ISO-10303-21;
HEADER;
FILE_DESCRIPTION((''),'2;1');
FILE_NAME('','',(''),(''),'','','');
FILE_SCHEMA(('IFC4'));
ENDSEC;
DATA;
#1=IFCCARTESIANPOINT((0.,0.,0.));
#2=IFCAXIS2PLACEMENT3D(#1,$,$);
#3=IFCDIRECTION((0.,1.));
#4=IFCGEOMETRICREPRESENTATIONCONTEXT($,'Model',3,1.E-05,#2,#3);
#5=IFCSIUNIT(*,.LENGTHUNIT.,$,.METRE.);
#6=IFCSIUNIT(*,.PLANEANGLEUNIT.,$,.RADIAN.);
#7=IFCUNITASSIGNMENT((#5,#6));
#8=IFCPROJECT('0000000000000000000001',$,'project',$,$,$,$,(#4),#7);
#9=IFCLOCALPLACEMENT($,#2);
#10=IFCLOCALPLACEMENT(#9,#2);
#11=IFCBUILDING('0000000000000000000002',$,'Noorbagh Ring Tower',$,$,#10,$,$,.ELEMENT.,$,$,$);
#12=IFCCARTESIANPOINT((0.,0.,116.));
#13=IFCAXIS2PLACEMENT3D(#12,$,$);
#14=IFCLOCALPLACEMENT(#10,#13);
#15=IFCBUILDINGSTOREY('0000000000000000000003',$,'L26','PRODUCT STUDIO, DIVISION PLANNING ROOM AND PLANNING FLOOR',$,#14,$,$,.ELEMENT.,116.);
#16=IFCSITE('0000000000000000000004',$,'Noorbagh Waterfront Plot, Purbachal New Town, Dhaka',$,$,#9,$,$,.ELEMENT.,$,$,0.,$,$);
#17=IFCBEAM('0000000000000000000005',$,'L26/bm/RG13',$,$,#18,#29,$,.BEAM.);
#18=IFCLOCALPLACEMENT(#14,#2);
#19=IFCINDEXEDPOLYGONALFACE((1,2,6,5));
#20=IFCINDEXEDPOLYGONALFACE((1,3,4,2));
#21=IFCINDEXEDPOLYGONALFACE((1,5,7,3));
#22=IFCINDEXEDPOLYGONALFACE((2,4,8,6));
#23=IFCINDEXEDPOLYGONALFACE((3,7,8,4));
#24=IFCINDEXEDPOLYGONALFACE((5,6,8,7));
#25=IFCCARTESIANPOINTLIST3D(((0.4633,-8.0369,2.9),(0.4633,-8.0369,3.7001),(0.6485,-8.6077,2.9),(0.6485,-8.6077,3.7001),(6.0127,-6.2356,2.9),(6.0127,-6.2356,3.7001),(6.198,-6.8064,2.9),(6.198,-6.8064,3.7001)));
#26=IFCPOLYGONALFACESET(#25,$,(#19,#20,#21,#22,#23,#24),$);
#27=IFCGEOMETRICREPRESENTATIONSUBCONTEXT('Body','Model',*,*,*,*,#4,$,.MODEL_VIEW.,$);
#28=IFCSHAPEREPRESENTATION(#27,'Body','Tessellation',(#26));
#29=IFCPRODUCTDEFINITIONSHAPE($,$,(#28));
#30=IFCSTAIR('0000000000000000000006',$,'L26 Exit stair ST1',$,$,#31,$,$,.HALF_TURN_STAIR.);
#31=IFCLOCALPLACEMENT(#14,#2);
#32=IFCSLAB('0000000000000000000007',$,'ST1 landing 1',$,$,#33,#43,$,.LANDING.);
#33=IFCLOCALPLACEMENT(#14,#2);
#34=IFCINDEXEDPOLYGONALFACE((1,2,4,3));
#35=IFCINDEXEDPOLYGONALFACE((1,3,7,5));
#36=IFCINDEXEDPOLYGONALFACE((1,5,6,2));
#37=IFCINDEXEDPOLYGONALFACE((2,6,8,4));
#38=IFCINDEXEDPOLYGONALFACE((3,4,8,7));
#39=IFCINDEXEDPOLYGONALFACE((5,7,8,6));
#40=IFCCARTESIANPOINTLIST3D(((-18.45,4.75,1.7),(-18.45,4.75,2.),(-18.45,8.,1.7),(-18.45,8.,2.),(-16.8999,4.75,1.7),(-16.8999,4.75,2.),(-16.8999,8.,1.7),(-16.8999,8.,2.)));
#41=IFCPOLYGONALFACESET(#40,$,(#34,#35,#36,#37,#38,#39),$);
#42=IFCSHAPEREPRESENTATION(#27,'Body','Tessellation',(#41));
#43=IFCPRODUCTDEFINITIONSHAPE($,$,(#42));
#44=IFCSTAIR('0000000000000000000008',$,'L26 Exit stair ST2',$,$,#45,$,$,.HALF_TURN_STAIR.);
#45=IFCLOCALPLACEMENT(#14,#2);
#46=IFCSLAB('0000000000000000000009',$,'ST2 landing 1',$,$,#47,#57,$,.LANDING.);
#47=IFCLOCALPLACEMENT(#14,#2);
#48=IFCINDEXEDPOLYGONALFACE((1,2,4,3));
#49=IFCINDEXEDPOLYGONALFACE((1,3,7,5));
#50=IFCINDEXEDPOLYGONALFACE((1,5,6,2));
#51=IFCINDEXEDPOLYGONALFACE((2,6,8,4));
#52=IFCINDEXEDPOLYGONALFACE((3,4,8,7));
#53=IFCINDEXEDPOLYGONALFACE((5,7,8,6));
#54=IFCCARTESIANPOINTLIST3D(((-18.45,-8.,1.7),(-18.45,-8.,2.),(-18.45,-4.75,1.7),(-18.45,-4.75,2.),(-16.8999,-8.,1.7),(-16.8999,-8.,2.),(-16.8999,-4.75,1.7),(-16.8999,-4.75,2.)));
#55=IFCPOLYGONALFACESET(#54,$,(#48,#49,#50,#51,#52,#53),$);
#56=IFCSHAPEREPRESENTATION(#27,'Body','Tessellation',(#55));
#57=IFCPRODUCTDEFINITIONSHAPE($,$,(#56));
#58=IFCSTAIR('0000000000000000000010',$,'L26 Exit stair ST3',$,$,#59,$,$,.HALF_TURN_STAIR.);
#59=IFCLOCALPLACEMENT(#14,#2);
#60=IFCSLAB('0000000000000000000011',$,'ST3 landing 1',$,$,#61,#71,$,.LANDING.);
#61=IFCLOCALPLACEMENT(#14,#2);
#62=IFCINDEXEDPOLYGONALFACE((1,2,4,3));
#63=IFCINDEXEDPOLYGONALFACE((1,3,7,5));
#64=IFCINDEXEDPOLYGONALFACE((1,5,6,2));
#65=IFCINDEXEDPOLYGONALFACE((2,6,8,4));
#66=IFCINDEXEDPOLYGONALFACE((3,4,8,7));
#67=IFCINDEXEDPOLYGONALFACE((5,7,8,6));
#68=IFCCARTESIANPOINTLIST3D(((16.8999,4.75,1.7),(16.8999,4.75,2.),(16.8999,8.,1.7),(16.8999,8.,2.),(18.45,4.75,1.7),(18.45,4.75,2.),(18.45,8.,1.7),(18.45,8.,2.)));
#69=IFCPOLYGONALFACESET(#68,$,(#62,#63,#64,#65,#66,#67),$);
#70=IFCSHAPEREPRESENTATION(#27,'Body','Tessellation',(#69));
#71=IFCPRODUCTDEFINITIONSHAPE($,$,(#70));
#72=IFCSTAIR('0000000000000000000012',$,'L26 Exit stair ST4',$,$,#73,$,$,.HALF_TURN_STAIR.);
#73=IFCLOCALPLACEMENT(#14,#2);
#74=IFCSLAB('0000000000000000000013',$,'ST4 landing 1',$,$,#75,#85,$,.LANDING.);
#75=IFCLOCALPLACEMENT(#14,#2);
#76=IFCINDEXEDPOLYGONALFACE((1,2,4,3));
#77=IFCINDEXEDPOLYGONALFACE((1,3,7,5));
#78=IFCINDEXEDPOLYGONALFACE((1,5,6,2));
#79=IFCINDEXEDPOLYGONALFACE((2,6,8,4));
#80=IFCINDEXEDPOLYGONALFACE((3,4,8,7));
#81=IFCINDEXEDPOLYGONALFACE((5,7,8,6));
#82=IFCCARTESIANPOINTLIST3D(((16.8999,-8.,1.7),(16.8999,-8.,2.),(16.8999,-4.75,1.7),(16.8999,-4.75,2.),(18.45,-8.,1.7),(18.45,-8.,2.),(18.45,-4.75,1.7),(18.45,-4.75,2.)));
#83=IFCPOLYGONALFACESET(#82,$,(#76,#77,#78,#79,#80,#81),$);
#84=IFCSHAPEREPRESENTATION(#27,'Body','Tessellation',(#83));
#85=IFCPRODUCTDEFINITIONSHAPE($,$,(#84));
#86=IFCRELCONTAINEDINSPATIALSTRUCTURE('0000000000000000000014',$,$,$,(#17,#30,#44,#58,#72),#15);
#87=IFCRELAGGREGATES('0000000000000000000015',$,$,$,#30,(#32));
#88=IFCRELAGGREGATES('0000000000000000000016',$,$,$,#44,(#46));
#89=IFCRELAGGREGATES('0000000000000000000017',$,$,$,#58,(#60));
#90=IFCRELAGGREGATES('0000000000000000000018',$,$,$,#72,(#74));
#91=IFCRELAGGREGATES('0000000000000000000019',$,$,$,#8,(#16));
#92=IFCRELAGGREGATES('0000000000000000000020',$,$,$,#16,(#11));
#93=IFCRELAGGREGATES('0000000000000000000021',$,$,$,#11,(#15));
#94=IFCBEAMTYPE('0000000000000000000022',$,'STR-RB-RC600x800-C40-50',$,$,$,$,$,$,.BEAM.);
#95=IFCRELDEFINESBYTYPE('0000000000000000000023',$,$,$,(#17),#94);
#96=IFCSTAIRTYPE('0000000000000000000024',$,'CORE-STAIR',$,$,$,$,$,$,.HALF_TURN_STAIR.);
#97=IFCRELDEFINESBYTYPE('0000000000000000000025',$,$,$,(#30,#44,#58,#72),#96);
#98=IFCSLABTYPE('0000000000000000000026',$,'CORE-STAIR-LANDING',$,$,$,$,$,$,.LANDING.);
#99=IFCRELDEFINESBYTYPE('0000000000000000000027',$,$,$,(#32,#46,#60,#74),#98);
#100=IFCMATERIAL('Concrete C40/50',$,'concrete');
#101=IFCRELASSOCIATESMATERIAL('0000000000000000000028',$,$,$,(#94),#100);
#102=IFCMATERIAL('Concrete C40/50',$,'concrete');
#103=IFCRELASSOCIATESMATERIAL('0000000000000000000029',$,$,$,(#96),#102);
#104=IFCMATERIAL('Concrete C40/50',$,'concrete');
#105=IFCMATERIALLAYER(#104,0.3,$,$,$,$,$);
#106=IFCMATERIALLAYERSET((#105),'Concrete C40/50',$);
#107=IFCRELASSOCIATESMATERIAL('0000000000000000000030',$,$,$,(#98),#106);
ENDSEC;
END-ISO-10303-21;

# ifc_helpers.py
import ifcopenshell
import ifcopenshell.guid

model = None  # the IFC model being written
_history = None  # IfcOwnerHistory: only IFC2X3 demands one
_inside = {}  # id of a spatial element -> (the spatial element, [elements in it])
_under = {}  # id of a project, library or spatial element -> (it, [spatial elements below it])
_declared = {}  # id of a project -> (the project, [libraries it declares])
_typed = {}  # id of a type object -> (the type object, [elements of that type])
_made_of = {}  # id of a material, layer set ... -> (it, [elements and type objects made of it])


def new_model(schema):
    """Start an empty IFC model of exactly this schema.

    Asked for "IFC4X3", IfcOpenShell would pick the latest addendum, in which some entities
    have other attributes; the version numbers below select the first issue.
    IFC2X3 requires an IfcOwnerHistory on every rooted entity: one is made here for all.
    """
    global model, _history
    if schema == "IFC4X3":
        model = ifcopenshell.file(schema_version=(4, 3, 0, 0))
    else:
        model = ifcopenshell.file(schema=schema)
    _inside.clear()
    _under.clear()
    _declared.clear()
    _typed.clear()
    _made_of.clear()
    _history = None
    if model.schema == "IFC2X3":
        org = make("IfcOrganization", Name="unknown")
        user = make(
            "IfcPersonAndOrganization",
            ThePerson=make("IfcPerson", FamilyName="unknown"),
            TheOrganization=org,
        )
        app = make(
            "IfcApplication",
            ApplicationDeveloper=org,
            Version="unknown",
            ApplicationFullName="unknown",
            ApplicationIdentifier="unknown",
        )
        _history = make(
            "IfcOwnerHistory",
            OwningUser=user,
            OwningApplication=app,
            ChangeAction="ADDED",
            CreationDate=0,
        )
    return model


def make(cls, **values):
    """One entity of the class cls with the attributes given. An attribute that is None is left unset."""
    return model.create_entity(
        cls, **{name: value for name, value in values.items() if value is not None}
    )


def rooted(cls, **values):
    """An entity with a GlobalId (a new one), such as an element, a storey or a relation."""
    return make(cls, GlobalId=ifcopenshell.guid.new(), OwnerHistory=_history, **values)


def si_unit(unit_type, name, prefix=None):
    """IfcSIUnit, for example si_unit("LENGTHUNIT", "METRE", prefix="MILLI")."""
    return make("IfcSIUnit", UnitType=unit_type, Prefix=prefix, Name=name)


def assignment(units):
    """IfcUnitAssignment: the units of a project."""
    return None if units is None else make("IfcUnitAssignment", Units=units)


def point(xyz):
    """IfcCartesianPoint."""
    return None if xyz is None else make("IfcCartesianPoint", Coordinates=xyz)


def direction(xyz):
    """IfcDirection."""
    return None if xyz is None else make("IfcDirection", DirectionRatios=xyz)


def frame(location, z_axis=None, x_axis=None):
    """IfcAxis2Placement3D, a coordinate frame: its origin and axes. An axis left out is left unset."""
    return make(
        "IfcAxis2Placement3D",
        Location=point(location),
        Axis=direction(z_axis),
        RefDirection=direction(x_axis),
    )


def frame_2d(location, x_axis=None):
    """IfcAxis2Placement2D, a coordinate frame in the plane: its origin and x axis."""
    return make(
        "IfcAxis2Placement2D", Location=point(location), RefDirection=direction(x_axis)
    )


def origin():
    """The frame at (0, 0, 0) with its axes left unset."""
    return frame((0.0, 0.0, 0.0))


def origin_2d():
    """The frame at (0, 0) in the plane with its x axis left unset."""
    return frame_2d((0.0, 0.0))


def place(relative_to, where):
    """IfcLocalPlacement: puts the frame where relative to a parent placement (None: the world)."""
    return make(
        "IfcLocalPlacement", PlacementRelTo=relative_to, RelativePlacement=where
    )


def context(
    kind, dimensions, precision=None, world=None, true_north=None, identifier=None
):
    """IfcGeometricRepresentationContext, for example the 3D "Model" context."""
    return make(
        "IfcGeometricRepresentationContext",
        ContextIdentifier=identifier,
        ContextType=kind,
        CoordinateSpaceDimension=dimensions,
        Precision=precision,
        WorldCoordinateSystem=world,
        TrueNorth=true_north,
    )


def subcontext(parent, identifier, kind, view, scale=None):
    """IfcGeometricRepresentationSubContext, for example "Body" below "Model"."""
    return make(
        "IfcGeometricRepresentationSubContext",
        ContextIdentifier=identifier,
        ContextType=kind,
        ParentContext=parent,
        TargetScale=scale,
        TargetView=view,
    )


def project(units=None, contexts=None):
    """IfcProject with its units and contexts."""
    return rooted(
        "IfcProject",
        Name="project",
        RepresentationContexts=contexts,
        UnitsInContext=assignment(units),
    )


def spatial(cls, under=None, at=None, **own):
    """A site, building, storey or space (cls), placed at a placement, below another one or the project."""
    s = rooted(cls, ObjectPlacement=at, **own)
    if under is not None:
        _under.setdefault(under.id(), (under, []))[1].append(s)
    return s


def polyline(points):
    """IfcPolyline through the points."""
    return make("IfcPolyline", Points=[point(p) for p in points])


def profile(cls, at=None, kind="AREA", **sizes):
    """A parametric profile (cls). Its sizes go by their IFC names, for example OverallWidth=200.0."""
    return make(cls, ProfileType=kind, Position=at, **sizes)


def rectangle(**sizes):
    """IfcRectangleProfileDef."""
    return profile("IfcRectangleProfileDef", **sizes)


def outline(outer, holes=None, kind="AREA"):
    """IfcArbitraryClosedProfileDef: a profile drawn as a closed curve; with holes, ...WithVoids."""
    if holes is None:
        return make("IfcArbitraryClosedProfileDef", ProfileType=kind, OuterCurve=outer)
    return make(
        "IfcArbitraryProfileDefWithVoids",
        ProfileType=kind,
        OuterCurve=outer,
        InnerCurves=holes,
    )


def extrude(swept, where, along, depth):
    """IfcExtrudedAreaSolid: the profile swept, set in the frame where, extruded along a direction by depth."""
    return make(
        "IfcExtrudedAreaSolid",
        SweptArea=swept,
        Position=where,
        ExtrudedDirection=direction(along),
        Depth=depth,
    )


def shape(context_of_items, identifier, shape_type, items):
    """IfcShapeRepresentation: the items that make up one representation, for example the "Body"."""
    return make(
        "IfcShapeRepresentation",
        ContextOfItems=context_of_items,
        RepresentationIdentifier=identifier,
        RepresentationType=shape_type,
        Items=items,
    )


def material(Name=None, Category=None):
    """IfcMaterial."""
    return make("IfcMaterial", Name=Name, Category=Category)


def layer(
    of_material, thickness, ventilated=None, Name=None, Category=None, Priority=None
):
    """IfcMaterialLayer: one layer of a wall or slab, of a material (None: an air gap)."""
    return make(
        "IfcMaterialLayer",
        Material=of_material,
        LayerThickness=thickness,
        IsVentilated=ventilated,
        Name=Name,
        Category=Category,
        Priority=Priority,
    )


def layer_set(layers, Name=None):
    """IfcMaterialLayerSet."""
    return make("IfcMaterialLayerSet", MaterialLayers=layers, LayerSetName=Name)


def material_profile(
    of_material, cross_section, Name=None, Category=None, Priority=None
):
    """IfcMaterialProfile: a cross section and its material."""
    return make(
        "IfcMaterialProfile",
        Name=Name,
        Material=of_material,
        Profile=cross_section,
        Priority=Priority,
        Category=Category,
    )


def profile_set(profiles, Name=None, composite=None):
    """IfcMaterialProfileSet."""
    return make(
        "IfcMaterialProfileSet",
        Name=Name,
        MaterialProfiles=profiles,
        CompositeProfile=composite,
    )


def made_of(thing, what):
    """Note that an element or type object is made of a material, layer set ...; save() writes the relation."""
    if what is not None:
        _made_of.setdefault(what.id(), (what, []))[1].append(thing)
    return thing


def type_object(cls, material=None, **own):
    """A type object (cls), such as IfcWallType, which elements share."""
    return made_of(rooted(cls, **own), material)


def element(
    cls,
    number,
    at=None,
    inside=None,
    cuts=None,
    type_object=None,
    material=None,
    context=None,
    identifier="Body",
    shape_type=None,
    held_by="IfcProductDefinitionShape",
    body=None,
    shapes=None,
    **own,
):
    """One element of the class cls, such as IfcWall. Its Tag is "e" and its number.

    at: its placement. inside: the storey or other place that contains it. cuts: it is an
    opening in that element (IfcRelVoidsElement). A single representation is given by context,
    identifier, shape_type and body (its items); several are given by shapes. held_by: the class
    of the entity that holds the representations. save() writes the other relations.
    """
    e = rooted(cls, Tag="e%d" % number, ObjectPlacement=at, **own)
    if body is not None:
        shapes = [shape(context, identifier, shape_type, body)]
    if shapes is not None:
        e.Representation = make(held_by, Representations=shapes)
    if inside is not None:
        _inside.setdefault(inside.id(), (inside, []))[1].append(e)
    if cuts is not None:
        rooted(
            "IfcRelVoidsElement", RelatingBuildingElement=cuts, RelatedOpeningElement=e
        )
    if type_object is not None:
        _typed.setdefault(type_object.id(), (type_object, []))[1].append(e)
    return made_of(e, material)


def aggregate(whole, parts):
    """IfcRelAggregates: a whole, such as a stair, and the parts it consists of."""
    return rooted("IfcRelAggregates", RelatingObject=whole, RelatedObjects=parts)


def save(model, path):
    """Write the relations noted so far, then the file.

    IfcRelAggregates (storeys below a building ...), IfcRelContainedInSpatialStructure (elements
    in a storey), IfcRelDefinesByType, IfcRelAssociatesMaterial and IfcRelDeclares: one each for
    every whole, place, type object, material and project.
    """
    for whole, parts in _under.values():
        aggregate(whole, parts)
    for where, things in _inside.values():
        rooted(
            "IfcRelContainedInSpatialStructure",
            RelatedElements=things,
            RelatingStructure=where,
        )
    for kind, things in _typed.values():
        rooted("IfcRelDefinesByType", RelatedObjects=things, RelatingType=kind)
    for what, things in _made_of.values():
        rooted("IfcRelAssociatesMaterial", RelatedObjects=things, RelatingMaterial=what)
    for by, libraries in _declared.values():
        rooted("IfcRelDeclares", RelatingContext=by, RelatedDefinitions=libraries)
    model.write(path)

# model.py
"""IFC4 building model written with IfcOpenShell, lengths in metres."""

from ifc_helpers import new_model, si_unit, direction, frame, origin, origin_2d, place, context, subcontext, project, spatial, polyline, rectangle, outline, extrude, material, layer, layer_set, material_profile, profile_set, type_object, element, aggregate, save


model = new_model("IFC4")

# Units and contexts
model_context = context("Model", 3, precision=1e-05, world=origin(), true_north=direction((0.0, 1.0)))
body_context = subcontext(model_context, "Body", "Model", "MODEL_VIEW")
ifc_project = project(units=[si_unit("LENGTHUNIT", "METRE"), si_unit("PLANEANGLEUNIT", "RADIAN")], contexts=[model_context])

# Site, building, storey
site_placement = place(None, origin())
site = spatial("IfcSite", under=ifc_project, at=site_placement, Name="Noorbagh Waterfront Plot, Purbachal New Town, Dhaka", CompositionType="ELEMENT", RefElevation=0.0)
building_placement = place(site_placement, origin())
building = spatial("IfcBuilding", under=site, at=building_placement, Name="Noorbagh Ring Tower", CompositionType="ELEMENT")
storey_placement = place(building_placement, frame((0.0, 0.0, 116.0)))
storey = spatial("IfcBuildingStorey", under=building, at=storey_placement, Name="L26", Description="PRODUCT STUDIO, DIVISION PLANNING ROOM AND PLANNING FLOOR", CompositionType="ELEMENT", Elevation=116.0)

# Beam
ifc_material_1 = material(Name="Concrete C40/50", Category="concrete")
ifc_material_profile_1 = material_profile(ifc_material_1, rectangle(XDim=0.6001, YDim=0.8, at=origin_2d()), Name="RC600x800")
ifc_profile_set_1 = profile_set([ifc_material_profile_1], Name="Concrete C40/50")
beam_type = type_object("IfcBeamType", Name="STR-RB-RC600x800-C40-50", PredefinedType="BEAM", material=ifc_profile_set_1)
beam_placement = place(storey_placement, frame((0.5559, -8.3223, 3.3), z_axis=(0.951152, 0.308724, 0.0), x_axis=(-0.308724, 0.951152, 0.0)))
element("IfcBeam", 1, at=beam_placement, inside=storey, type_object=beam_type, Name="L26/bm/RG13", PredefinedType="BEAM", context=body_context, shape_type="SweptSolid", body=[
    extrude(rectangle(XDim=0.6001, YDim=0.8, at=origin_2d()), origin(), (0.0, 0.0, 1.0), 5.8345),
])

# Stairs, slabs
ifc_material_2 = material(Name="Concrete C40/50", Category="concrete")
stair_type = type_object("IfcStairType", Name="CORE-STAIR", PredefinedType="HALF_TURN_STAIR", material=ifc_material_2)
stair_1_placement = place(storey_placement, origin())
stair_1 = element("IfcStair", 2, at=stair_1_placement, inside=storey, type_object=stair_type, Name="L26 Exit stair ST1", PredefinedType="HALF_TURN_STAIR")
ifc_material_3 = material(Name="Concrete C40/50", Category="concrete")
ifc_layer_1 = layer(ifc_material_3, 0.3)
ifc_layer_set_1 = layer_set([ifc_layer_1], Name="Concrete C40/50")
slab_type_1 = type_object("IfcSlabType", Name="CORE-STAIR-LANDING", PredefinedType="LANDING", material=ifc_layer_set_1)
slab_1_placement = place(storey_placement, frame((0.0, 0.0, 1.7)))
slab_1 = element("IfcSlab", 3, at=slab_1_placement, type_object=slab_type_1, Name="ST1 landing 1", PredefinedType="LANDING", context=body_context, shape_type="SweptSolid", body=[
    extrude(outline(polyline([(-18.45, 4.75), (-16.8999, 4.75), (-16.8999, 8.0), (-18.45, 8.0), (-18.45, 4.75)])), origin(), (0.0, 0.0, 1.0), 0.3),
])
aggregate(stair_1, [slab_1])
stair_2_placement = place(storey_placement, origin())
stair_2 = element("IfcStair", 4, at=stair_2_placement, inside=storey, type_object=stair_type, Name="L26 Exit stair ST2", PredefinedType="HALF_TURN_STAIR")
slab_2_placement = place(storey_placement, frame((0.0, 0.0, 1.7)))
slab_2 = element("IfcSlab", 5, at=slab_2_placement, type_object=slab_type_1, Name="ST2 landing 1", PredefinedType="LANDING", context=body_context, shape_type="SweptSolid", body=[
    extrude(outline(polyline([(-18.45, -8.0), (-16.8999, -8.0), (-16.8999, -4.75), (-18.45, -4.75), (-18.45, -8.0)])), origin(), (0.0, 0.0, 1.0), 0.3),
])
aggregate(stair_2, [slab_2])
stair_3_placement = place(storey_placement, origin())
stair_3 = element("IfcStair", 6, at=stair_3_placement, inside=storey, type_object=stair_type, Name="L26 Exit stair ST3", PredefinedType="HALF_TURN_STAIR")
slab_3_placement = place(storey_placement, frame((0.0, 0.0, 1.7)))
slab_3 = element("IfcSlab", 7, at=slab_3_placement, type_object=slab_type_1, Name="ST3 landing 1", PredefinedType="LANDING", context=body_context, shape_type="SweptSolid", body=[
    extrude(outline(polyline([(18.45, 8.0), (16.8999, 8.0), (16.8999, 4.75), (18.45, 4.75), (18.45, 8.0)])), origin(), (0.0, 0.0, 1.0), 0.3),
])
aggregate(stair_3, [slab_3])
stair_4_placement = place(storey_placement, origin())
stair_4 = element("IfcStair", 8, at=stair_4_placement, inside=storey, type_object=stair_type, Name="L26 Exit stair ST4", PredefinedType="HALF_TURN_STAIR")
slab_4_placement = place(storey_placement, frame((0.0, 0.0, 1.7)))
slab_4 = element("IfcSlab", 9, at=slab_4_placement, type_object=slab_type_1, Name="ST4 landing 1", PredefinedType="LANDING", context=body_context, shape_type="SweptSolid", body=[
    extrude(outline(polyline([(18.45, -4.75), (16.8999, -4.75), (16.8999, -8.0), (18.45, -8.0), (18.45, -4.75)])), origin(), (0.0, 0.0, 1.0), 0.3),
])
aggregate(stair_4, [slab_4])

save(model, "model.ifc")
